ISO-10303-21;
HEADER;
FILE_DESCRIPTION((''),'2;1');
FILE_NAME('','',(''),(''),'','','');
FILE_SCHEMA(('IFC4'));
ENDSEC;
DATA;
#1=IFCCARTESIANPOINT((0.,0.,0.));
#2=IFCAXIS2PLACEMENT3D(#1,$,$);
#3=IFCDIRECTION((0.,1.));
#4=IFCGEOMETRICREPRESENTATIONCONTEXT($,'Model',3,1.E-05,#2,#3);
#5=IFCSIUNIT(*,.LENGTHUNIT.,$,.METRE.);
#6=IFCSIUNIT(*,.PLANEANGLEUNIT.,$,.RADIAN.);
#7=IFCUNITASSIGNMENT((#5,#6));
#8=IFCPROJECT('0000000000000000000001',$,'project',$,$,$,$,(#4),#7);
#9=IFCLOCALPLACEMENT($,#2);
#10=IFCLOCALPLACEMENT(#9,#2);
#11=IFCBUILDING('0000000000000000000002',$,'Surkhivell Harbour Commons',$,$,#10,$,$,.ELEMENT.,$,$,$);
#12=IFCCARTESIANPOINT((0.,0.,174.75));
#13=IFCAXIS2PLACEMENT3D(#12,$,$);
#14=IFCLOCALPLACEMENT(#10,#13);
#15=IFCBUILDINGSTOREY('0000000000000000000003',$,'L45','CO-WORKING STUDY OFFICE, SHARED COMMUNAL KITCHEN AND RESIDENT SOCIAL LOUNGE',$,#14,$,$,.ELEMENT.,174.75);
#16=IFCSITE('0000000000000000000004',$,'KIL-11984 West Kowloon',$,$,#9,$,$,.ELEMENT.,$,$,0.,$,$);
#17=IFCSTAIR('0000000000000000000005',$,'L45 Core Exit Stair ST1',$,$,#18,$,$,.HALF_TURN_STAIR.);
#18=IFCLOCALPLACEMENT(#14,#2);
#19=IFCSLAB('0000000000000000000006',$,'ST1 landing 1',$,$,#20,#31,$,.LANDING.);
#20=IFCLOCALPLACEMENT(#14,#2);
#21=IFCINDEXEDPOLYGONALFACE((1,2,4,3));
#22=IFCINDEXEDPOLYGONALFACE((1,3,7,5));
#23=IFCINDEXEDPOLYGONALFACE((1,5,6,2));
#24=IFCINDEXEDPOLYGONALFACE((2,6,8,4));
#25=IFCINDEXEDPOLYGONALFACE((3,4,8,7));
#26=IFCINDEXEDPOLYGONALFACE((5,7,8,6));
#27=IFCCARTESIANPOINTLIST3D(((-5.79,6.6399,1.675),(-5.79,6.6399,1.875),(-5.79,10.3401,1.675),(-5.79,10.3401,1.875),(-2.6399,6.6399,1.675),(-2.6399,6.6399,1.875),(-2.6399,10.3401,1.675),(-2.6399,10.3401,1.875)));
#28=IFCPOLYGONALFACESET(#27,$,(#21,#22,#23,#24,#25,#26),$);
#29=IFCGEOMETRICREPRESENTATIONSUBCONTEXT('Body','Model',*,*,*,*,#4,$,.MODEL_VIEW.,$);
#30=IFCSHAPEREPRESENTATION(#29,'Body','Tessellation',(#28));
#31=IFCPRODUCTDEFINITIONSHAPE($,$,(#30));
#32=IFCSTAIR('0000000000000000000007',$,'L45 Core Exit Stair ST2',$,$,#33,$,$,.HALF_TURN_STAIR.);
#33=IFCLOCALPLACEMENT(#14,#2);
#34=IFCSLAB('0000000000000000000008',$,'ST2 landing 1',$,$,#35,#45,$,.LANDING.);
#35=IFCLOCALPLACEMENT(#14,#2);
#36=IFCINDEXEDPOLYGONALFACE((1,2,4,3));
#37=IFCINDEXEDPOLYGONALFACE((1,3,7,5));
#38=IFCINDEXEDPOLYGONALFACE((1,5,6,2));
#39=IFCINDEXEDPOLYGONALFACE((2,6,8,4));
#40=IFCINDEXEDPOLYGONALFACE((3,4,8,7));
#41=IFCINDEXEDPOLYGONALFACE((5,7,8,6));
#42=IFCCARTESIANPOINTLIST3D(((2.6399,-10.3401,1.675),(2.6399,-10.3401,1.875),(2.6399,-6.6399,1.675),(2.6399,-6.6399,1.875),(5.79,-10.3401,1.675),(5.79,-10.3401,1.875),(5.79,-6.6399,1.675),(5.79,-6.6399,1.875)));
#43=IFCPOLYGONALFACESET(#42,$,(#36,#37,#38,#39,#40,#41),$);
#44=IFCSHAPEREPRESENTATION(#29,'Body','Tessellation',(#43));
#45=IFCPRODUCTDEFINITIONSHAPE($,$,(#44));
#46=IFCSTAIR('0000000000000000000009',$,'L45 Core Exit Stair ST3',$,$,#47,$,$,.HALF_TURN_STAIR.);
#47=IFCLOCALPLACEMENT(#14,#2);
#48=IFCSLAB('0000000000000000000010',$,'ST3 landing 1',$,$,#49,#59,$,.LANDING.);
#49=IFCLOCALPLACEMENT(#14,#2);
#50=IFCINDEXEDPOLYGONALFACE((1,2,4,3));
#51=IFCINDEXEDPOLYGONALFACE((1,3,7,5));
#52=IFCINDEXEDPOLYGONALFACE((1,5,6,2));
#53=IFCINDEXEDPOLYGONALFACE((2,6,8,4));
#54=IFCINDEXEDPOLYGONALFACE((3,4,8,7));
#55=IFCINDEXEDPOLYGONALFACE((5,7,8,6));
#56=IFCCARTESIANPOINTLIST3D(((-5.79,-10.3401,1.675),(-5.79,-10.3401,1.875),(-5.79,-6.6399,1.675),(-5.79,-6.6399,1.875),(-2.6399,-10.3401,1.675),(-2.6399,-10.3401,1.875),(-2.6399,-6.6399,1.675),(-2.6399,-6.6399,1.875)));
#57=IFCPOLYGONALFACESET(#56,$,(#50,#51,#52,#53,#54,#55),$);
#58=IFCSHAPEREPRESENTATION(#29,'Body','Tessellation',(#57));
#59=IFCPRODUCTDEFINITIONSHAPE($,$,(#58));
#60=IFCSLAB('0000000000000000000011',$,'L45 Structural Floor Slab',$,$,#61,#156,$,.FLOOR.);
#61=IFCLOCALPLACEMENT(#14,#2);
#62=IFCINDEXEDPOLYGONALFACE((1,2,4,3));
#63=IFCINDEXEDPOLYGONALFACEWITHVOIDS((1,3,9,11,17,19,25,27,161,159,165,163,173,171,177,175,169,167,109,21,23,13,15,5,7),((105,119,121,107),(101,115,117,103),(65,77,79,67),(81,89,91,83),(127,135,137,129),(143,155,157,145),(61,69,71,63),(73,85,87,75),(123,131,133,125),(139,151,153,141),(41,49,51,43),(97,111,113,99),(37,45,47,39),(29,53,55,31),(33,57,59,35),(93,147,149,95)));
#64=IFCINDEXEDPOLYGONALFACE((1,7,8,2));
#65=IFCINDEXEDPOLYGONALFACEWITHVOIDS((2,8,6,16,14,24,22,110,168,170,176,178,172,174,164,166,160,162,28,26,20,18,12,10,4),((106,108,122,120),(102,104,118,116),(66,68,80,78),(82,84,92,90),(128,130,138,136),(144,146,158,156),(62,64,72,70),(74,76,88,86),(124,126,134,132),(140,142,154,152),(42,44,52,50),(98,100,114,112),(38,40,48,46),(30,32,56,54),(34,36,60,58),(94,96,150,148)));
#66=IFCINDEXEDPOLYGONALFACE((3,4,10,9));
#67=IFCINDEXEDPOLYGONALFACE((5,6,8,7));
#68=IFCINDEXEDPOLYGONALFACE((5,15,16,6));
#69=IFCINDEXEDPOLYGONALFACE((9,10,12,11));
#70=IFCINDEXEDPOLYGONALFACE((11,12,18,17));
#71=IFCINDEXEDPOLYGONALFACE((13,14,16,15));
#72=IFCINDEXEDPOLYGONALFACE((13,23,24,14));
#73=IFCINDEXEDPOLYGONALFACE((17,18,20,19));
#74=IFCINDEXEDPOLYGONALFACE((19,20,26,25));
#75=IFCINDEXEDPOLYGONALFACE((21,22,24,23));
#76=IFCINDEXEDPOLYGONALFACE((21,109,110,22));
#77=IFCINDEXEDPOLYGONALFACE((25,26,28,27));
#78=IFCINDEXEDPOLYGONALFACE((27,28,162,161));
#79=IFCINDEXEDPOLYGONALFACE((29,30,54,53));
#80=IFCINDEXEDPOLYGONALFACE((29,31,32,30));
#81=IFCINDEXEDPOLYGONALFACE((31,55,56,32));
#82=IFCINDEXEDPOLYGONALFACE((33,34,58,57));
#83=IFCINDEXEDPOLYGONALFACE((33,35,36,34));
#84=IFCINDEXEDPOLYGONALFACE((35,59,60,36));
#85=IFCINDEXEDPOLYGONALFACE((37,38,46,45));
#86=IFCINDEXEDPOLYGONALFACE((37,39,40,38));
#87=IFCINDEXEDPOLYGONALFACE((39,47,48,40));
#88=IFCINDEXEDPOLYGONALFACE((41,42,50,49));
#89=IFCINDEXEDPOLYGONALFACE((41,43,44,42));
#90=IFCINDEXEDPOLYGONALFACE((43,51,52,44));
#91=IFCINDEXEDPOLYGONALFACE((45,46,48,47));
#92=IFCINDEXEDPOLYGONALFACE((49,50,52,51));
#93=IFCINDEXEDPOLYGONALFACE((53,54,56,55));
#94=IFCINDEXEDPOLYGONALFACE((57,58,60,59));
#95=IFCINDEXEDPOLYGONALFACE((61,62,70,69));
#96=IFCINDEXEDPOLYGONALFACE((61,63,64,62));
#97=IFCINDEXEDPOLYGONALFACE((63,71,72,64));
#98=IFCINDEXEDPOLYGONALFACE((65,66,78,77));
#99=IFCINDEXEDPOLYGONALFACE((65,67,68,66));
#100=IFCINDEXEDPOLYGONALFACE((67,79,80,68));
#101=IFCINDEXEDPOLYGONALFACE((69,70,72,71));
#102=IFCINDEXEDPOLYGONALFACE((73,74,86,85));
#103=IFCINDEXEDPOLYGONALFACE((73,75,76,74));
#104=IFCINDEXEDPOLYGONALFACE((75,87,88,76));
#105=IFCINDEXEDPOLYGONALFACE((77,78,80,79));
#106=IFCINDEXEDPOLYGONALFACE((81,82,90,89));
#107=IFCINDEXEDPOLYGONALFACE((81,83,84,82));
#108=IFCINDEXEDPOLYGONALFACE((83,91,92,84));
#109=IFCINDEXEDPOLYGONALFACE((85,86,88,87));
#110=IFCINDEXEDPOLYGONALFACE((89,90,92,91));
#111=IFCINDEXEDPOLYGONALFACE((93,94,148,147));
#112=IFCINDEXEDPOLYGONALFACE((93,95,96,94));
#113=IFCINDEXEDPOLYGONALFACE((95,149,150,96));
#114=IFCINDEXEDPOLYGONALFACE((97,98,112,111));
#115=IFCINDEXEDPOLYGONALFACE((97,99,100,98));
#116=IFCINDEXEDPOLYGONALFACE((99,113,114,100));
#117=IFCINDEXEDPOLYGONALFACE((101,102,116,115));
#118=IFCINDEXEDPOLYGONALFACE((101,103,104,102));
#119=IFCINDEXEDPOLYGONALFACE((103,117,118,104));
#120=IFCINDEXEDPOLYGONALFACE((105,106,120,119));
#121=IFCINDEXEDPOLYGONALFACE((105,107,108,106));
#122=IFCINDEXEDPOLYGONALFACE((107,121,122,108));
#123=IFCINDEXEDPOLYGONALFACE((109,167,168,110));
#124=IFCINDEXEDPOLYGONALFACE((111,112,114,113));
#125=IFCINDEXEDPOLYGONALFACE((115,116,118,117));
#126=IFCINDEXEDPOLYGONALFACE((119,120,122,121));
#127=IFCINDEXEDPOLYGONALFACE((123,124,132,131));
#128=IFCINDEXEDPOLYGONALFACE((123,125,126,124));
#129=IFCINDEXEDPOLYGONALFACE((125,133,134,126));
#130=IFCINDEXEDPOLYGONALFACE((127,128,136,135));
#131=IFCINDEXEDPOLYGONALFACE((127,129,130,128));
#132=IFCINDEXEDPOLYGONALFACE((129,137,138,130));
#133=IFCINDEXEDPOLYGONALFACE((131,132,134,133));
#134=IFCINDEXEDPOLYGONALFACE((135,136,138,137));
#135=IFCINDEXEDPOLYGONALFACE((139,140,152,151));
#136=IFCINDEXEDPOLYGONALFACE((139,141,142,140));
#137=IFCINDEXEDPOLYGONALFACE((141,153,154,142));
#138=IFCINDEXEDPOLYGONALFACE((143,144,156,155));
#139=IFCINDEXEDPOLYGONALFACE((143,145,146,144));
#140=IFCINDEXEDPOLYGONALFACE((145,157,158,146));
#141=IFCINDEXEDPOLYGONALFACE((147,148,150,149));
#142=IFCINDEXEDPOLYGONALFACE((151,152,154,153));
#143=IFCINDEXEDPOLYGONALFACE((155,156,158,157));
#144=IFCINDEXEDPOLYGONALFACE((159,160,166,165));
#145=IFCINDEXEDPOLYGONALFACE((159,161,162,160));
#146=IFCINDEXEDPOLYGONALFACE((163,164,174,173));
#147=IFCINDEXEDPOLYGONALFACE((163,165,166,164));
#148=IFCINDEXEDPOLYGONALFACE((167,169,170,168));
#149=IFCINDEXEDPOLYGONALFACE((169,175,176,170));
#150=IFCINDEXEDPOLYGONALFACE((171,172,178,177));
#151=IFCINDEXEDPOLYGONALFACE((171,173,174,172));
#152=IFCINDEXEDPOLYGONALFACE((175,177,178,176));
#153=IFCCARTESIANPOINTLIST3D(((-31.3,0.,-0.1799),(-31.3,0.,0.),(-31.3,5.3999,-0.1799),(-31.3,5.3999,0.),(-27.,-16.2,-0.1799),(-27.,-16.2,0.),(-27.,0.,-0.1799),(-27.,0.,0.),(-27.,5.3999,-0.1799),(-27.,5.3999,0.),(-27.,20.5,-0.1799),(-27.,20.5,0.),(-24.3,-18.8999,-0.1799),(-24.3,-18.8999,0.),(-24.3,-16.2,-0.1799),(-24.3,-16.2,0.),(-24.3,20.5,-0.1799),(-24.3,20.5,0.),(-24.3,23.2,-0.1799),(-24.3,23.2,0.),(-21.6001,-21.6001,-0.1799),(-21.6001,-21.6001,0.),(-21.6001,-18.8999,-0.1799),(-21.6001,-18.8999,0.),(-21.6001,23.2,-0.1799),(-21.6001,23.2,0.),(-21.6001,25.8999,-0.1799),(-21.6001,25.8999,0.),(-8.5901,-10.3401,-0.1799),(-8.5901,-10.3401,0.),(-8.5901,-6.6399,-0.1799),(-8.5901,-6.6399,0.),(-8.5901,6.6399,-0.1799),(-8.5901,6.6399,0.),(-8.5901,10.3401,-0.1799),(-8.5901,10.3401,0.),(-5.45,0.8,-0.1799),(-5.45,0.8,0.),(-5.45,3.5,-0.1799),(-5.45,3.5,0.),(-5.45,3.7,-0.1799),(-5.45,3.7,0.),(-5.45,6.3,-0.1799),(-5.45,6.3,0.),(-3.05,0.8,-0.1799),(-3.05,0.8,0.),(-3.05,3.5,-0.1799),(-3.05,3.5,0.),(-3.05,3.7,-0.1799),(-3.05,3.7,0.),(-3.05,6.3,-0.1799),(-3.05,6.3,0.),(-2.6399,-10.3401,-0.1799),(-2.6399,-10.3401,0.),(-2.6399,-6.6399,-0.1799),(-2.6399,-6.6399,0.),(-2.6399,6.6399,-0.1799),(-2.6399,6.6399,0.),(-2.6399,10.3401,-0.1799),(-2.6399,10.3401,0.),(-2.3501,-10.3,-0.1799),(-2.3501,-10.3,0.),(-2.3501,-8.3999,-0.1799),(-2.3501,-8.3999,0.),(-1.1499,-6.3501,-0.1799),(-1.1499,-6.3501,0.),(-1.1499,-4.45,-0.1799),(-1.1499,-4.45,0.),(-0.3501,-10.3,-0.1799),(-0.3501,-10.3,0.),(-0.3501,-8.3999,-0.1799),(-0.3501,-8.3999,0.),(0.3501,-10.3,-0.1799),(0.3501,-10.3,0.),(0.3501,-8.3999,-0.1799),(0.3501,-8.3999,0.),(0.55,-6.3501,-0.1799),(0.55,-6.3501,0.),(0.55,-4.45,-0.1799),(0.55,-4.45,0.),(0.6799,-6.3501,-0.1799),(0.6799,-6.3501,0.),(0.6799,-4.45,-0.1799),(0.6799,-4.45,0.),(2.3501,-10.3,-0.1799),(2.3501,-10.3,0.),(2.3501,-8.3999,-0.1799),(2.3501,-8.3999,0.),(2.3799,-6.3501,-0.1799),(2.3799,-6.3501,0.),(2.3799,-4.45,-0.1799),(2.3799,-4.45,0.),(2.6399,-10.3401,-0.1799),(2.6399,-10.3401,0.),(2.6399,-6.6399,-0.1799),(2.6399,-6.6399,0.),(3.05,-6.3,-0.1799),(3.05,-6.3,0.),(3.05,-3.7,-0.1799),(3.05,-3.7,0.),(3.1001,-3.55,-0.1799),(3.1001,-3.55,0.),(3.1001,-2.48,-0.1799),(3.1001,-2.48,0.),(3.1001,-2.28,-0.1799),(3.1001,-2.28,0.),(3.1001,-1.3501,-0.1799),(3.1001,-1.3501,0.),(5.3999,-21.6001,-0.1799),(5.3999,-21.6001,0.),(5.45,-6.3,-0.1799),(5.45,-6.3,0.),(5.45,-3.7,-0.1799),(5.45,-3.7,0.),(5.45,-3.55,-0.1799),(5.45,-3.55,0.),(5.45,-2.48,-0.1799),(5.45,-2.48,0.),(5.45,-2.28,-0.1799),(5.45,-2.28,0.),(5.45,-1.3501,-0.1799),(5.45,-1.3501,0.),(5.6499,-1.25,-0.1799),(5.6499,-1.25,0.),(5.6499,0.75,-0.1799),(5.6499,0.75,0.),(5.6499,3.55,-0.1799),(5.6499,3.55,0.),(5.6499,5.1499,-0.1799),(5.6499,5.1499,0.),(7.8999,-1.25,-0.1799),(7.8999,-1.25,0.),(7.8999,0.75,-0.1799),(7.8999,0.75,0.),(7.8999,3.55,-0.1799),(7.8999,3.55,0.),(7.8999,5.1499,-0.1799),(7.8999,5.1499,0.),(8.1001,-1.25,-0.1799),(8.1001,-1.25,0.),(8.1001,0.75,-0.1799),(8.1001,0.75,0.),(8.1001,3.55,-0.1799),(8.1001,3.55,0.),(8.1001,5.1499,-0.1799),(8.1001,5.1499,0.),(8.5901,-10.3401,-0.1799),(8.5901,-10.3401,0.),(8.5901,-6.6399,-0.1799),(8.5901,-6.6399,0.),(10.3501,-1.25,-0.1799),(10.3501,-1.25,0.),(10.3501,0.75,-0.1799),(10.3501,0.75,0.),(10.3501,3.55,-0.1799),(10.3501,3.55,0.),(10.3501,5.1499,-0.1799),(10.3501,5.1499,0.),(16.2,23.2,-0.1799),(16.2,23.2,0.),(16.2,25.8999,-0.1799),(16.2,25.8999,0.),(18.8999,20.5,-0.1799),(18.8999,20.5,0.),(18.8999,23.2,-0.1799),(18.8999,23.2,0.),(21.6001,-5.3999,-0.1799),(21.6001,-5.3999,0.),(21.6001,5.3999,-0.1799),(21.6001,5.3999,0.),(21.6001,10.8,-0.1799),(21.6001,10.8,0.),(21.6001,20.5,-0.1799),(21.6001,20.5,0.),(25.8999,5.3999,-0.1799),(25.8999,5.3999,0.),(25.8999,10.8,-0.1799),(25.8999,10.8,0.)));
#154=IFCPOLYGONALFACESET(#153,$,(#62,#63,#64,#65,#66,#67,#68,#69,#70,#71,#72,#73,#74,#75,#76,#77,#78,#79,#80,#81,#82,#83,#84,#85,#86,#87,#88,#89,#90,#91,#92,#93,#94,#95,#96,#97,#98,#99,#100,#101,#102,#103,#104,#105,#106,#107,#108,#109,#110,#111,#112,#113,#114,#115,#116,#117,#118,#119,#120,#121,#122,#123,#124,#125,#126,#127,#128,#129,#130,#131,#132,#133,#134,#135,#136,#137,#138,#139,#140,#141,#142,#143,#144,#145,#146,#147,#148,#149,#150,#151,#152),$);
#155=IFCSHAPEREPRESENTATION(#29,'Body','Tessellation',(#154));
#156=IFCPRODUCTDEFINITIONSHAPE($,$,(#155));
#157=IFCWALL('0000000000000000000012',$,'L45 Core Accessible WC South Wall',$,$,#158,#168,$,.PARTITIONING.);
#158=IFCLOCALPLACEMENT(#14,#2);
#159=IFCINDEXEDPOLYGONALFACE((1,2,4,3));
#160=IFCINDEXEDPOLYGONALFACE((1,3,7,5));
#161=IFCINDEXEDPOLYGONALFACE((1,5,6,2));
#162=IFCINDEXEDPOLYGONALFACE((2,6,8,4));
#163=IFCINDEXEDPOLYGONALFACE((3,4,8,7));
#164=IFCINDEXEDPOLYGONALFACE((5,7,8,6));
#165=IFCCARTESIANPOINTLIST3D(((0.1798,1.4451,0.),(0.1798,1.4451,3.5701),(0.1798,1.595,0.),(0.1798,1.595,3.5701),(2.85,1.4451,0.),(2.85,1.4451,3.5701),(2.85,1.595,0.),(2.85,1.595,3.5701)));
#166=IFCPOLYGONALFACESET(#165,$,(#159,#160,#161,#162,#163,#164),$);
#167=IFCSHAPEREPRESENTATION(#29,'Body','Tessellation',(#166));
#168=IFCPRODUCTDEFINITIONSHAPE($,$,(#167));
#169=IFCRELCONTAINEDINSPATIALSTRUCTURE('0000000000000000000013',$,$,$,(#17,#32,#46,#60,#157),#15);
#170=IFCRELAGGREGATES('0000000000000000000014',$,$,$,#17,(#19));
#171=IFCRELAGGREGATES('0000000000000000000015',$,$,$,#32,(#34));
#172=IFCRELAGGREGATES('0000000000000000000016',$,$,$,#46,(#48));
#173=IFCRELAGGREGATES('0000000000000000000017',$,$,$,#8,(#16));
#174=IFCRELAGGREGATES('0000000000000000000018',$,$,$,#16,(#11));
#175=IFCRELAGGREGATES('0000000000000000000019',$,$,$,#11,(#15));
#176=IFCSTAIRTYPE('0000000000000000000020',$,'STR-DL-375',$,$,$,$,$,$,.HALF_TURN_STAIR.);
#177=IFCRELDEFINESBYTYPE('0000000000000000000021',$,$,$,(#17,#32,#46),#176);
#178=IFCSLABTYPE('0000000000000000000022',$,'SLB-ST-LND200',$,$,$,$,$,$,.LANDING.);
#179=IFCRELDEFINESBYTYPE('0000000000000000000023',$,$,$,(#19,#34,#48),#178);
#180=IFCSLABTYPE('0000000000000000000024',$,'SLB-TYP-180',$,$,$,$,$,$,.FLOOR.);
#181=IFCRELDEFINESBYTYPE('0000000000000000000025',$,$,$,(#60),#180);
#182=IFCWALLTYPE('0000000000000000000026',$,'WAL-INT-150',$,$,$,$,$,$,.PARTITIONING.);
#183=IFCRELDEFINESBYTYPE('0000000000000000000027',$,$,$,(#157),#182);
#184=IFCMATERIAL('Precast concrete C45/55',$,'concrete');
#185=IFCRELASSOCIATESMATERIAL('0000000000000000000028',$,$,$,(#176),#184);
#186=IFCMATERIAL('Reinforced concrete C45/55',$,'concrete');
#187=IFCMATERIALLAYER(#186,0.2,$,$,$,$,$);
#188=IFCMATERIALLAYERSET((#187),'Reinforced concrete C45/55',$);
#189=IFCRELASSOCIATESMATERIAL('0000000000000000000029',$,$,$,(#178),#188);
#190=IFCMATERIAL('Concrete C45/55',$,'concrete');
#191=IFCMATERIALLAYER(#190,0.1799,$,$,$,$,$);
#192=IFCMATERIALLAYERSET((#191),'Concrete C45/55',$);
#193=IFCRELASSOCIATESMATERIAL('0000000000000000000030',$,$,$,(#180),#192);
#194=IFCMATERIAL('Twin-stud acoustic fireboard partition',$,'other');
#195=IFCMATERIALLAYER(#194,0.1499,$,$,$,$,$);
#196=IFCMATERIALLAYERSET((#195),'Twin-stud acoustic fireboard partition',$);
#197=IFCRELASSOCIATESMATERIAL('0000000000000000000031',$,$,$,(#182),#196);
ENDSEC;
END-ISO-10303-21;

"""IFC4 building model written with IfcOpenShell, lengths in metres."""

from ifc_helpers import new_model, si_unit, direction, frame, frame_2d, origin, place, context, subcontext, project, spatial, polyline, rectangle, outline, extrude, material, layer, layer_set, type_object, element, aggregate, save


model = new_model("IFC4")

# Units and contexts
model_context = context("Model", 3, precision=1e-05, world=origin(), true_north=direction((0.0, 1.0)))
body_context = subcontext(model_context, "Body", "Model", "MODEL_VIEW")
ifc_project = project(units=[si_unit("LENGTHUNIT", "METRE"), si_unit("PLANEANGLEUNIT", "RADIAN")], contexts=[model_context])

# Site, building, storey
site_placement = place(None, origin())
site = spatial("IfcSite", under=ifc_project, at=site_placement, Name="KIL-11984 West Kowloon", CompositionType="ELEMENT", RefElevation=0.0)
building_placement = place(site_placement, origin())
building = spatial("IfcBuilding", under=site, at=building_placement, Name="Surkhivell Harbour Commons", CompositionType="ELEMENT")
storey_placement = place(building_placement, frame((0.0, 0.0, 174.75)))
storey = spatial("IfcBuildingStorey", under=building, at=storey_placement, Name="L45", Description="CO-WORKING STUDY OFFICE, SHARED COMMUNAL KITCHEN AND RESIDENT SOCIAL LOUNGE", CompositionType="ELEMENT", Elevation=174.75)

# Stairs, slabs
ifc_material_1 = material(Name="Precast concrete C45/55", Category="concrete")
stair_type = type_object("IfcStairType", Name="STR-DL-375", PredefinedType="HALF_TURN_STAIR", material=ifc_material_1)
stair_1_placement = place(storey_placement, origin())
stair_1 = element("IfcStair", 1, at=stair_1_placement, inside=storey, type_object=stair_type, Name="L45 Core Exit Stair ST1", PredefinedType="HALF_TURN_STAIR")
ifc_material_2 = material(Name="Reinforced concrete C45/55", Category="concrete")
ifc_layer_1 = layer(ifc_material_2, 0.2)
ifc_layer_set_1 = layer_set([ifc_layer_1], Name="Reinforced concrete C45/55")
slab_type_1 = type_object("IfcSlabType", Name="SLB-ST-LND200", PredefinedType="LANDING", material=ifc_layer_set_1)
slab_1_placement = place(storey_placement, frame((0.0, 0.0, 1.675)))
slab_1 = element("IfcSlab", 2, at=slab_1_placement, type_object=slab_type_1, Name="ST1 landing 1", PredefinedType="LANDING", context=body_context, shape_type="SweptSolid", body=[
    extrude(outline(polyline([(-5.79, 6.6399), (-2.6399, 6.6399), (-2.6399, 10.3401), (-5.79, 10.3401), (-5.79, 6.6399)])), origin(), (0.0, 0.0, 1.0), 0.2),
])
aggregate(stair_1, [slab_1])
stair_2_placement = place(storey_placement, origin())
stair_2 = element("IfcStair", 3, at=stair_2_placement, inside=storey, type_object=stair_type, Name="L45 Core Exit Stair ST2", PredefinedType="HALF_TURN_STAIR")
slab_2_placement = place(storey_placement, frame((0.0, 0.0, 1.675)))
slab_2 = element("IfcSlab", 4, at=slab_2_placement, type_object=slab_type_1, Name="ST2 landing 1", PredefinedType="LANDING", context=body_context, shape_type="SweptSolid", body=[
    extrude(outline(polyline([(5.79, -6.6399), (2.6399, -6.6399), (2.6399, -10.3401), (5.79, -10.3401), (5.79, -6.6399)])), origin(), (0.0, 0.0, 1.0), 0.2),
])
aggregate(stair_2, [slab_2])
stair_3_placement = place(storey_placement, origin())
stair_3 = element("IfcStair", 5, at=stair_3_placement, inside=storey, type_object=stair_type, Name="L45 Core Exit Stair ST3", PredefinedType="HALF_TURN_STAIR")
slab_3_placement = place(storey_placement, frame((0.0, 0.0, 1.675)))
slab_3 = element("IfcSlab", 6, at=slab_3_placement, type_object=slab_type_1, Name="ST3 landing 1", PredefinedType="LANDING", context=body_context, shape_type="SweptSolid", body=[
    extrude(outline(polyline([(-5.79, -10.3401), (-2.6399, -10.3401), (-2.6399, -6.6399), (-5.79, -6.6399), (-5.79, -10.3401)])), origin(), (0.0, 0.0, 1.0), 0.2),
])
aggregate(stair_3, [slab_3])

# Slab
ifc_material_3 = material(Name="Concrete C45/55", Category="concrete")
ifc_layer_2 = layer(ifc_material_3, 0.1799)
ifc_layer_set_2 = layer_set([ifc_layer_2], Name="Concrete C45/55")
slab_type_2 = type_object("IfcSlabType", Name="SLB-TYP-180", PredefinedType="FLOOR", material=ifc_layer_set_2)
slab_4_placement = place(storey_placement, frame((0.0, 0.0, -0.1799)))
element("IfcSlab", 7, at=slab_4_placement, inside=storey, type_object=slab_type_2, Name="L45 Structural Floor Slab", PredefinedType="FLOOR", context=body_context, shape_type="SweptSolid", body=[
    extrude(outline(polyline([(-27.0, 20.5), (-27.0, 5.3999), (-31.3, 5.3999), (-31.3, 0.0), (-27.0, 0.0), (-27.0, -16.2), (-24.3, -16.2), (-24.3, -18.8999), (-21.6001, -18.8999), (-21.6001, -21.6001), (5.3999, -21.6001), (21.6001, -5.3999), (21.6001, 5.3999), (25.8999, 5.3999), (25.8999, 10.8), (21.6001, 10.8), (21.6001, 20.5), (18.8999, 20.5), (18.8999, 23.2), (16.2, 23.2), (16.2, 25.8999), (-21.6001, 25.8999), (-21.6001, 23.2), (-24.3, 23.2), (-24.3, 20.5), (-27.0, 20.5)]), holes=[polyline([(-8.5901, 6.6399), (-2.6399, 6.6399), (-2.6399, 10.3401), (-8.5901, 10.3401), (-8.5901, 6.6399)]), polyline([(8.5901, -6.6399), (2.6399, -6.6399), (2.6399, -10.3401), (8.5901, -10.3401), (8.5901, -6.6399)]), polyline([(-8.5901, -10.3401), (-2.6399, -10.3401), (-2.6399, -6.6399), (-8.5901, -6.6399), (-8.5901, -10.3401)]), polyline([(5.6499, 3.55), (7.8999, 3.55), (7.8999, 5.1499), (5.6499, 5.1499), (5.6499, 3.55)]), polyline([(8.1001, 3.55), (10.3501, 3.55), (10.3501, 5.1499), (8.1001, 5.1499), (8.1001, 3.55)]), polyline([(5.6499, -1.25), (7.8999, -1.25), (7.8999, 0.75), (5.6499, 0.75), (5.6499, -1.25)]), polyline([(8.1001, -1.25), (10.3501, -1.25), (10.3501, 0.75), (8.1001, 0.75), (8.1001, -1.25)]), polyline([(-1.1499, -6.3501), (0.55, -6.3501), (0.55, -4.45), (-1.1499, -4.45), (-1.1499, -6.3501)]), polyline([(0.6799, -6.3501), (2.3799, -6.3501), (2.3799, -4.45), (0.6799, -4.45), (0.6799, -6.3501)]), polyline([(-2.3501, -10.3), (-0.3501, -10.3), (-0.3501, -8.3999), (-2.3501, -8.3999), (-2.3501, -10.3)]), polyline([(0.3501, -10.3), (2.3501, -10.3), (2.3501, -8.3999), (0.3501, -8.3999), (0.3501, -10.3)]), polyline([(-5.45, 3.7), (-3.05, 3.7), (-3.05, 6.3), (-5.45, 6.3), (-5.45, 3.7)]), polyline([(3.05, -6.3), (5.45, -6.3), (5.45, -3.7), (3.05, -3.7), (3.05, -6.3)]), polyline([(-5.45, 0.8), (-3.05, 0.8), (-3.05, 3.5), (-5.45, 3.5), (-5.45, 0.8)]), polyline([(3.1001, -3.55), (5.45, -3.55), (5.45, -2.48), (3.1001, -2.48), (3.1001, -3.55)]), polyline([(3.1001, -2.28), (5.45, -2.28), (5.45, -1.3501), (3.1001, -1.3501), (3.1001, -2.28)])]), origin(), (0.0, 0.0, 1.0), 0.1799),
])

# Wall
ifc_material_4 = material(Name="Twin-stud acoustic fireboard partition", Category="other")
ifc_layer_3 = layer(ifc_material_4, 0.1499)
ifc_layer_set_3 = layer_set([ifc_layer_3], Name="Twin-stud acoustic fireboard partition")
wall_type_1 = type_object("IfcWallType", Name="WAL-INT-150", PredefinedType="PARTITIONING", material=ifc_layer_set_3)
wall_1_placement = place(storey_placement, frame((0.1799, 1.52, 0.0), z_axis=(0.0, 0.0, 1.0), x_axis=(1.0, 0.0, 0.0)))
element("IfcWall", 8, at=wall_1_placement, inside=storey, type_object=wall_type_1, Name="L45 Core Accessible WC South Wall", PredefinedType="PARTITIONING", context=body_context, shape_type="SweptSolid", body=[
    extrude(rectangle(XDim=2.6702, YDim=0.1499, at=frame_2d((1.335, 0.0))), origin(), (0.0, 0.0, 1.0), 3.5701),
])

save(model, "model.ifc")
